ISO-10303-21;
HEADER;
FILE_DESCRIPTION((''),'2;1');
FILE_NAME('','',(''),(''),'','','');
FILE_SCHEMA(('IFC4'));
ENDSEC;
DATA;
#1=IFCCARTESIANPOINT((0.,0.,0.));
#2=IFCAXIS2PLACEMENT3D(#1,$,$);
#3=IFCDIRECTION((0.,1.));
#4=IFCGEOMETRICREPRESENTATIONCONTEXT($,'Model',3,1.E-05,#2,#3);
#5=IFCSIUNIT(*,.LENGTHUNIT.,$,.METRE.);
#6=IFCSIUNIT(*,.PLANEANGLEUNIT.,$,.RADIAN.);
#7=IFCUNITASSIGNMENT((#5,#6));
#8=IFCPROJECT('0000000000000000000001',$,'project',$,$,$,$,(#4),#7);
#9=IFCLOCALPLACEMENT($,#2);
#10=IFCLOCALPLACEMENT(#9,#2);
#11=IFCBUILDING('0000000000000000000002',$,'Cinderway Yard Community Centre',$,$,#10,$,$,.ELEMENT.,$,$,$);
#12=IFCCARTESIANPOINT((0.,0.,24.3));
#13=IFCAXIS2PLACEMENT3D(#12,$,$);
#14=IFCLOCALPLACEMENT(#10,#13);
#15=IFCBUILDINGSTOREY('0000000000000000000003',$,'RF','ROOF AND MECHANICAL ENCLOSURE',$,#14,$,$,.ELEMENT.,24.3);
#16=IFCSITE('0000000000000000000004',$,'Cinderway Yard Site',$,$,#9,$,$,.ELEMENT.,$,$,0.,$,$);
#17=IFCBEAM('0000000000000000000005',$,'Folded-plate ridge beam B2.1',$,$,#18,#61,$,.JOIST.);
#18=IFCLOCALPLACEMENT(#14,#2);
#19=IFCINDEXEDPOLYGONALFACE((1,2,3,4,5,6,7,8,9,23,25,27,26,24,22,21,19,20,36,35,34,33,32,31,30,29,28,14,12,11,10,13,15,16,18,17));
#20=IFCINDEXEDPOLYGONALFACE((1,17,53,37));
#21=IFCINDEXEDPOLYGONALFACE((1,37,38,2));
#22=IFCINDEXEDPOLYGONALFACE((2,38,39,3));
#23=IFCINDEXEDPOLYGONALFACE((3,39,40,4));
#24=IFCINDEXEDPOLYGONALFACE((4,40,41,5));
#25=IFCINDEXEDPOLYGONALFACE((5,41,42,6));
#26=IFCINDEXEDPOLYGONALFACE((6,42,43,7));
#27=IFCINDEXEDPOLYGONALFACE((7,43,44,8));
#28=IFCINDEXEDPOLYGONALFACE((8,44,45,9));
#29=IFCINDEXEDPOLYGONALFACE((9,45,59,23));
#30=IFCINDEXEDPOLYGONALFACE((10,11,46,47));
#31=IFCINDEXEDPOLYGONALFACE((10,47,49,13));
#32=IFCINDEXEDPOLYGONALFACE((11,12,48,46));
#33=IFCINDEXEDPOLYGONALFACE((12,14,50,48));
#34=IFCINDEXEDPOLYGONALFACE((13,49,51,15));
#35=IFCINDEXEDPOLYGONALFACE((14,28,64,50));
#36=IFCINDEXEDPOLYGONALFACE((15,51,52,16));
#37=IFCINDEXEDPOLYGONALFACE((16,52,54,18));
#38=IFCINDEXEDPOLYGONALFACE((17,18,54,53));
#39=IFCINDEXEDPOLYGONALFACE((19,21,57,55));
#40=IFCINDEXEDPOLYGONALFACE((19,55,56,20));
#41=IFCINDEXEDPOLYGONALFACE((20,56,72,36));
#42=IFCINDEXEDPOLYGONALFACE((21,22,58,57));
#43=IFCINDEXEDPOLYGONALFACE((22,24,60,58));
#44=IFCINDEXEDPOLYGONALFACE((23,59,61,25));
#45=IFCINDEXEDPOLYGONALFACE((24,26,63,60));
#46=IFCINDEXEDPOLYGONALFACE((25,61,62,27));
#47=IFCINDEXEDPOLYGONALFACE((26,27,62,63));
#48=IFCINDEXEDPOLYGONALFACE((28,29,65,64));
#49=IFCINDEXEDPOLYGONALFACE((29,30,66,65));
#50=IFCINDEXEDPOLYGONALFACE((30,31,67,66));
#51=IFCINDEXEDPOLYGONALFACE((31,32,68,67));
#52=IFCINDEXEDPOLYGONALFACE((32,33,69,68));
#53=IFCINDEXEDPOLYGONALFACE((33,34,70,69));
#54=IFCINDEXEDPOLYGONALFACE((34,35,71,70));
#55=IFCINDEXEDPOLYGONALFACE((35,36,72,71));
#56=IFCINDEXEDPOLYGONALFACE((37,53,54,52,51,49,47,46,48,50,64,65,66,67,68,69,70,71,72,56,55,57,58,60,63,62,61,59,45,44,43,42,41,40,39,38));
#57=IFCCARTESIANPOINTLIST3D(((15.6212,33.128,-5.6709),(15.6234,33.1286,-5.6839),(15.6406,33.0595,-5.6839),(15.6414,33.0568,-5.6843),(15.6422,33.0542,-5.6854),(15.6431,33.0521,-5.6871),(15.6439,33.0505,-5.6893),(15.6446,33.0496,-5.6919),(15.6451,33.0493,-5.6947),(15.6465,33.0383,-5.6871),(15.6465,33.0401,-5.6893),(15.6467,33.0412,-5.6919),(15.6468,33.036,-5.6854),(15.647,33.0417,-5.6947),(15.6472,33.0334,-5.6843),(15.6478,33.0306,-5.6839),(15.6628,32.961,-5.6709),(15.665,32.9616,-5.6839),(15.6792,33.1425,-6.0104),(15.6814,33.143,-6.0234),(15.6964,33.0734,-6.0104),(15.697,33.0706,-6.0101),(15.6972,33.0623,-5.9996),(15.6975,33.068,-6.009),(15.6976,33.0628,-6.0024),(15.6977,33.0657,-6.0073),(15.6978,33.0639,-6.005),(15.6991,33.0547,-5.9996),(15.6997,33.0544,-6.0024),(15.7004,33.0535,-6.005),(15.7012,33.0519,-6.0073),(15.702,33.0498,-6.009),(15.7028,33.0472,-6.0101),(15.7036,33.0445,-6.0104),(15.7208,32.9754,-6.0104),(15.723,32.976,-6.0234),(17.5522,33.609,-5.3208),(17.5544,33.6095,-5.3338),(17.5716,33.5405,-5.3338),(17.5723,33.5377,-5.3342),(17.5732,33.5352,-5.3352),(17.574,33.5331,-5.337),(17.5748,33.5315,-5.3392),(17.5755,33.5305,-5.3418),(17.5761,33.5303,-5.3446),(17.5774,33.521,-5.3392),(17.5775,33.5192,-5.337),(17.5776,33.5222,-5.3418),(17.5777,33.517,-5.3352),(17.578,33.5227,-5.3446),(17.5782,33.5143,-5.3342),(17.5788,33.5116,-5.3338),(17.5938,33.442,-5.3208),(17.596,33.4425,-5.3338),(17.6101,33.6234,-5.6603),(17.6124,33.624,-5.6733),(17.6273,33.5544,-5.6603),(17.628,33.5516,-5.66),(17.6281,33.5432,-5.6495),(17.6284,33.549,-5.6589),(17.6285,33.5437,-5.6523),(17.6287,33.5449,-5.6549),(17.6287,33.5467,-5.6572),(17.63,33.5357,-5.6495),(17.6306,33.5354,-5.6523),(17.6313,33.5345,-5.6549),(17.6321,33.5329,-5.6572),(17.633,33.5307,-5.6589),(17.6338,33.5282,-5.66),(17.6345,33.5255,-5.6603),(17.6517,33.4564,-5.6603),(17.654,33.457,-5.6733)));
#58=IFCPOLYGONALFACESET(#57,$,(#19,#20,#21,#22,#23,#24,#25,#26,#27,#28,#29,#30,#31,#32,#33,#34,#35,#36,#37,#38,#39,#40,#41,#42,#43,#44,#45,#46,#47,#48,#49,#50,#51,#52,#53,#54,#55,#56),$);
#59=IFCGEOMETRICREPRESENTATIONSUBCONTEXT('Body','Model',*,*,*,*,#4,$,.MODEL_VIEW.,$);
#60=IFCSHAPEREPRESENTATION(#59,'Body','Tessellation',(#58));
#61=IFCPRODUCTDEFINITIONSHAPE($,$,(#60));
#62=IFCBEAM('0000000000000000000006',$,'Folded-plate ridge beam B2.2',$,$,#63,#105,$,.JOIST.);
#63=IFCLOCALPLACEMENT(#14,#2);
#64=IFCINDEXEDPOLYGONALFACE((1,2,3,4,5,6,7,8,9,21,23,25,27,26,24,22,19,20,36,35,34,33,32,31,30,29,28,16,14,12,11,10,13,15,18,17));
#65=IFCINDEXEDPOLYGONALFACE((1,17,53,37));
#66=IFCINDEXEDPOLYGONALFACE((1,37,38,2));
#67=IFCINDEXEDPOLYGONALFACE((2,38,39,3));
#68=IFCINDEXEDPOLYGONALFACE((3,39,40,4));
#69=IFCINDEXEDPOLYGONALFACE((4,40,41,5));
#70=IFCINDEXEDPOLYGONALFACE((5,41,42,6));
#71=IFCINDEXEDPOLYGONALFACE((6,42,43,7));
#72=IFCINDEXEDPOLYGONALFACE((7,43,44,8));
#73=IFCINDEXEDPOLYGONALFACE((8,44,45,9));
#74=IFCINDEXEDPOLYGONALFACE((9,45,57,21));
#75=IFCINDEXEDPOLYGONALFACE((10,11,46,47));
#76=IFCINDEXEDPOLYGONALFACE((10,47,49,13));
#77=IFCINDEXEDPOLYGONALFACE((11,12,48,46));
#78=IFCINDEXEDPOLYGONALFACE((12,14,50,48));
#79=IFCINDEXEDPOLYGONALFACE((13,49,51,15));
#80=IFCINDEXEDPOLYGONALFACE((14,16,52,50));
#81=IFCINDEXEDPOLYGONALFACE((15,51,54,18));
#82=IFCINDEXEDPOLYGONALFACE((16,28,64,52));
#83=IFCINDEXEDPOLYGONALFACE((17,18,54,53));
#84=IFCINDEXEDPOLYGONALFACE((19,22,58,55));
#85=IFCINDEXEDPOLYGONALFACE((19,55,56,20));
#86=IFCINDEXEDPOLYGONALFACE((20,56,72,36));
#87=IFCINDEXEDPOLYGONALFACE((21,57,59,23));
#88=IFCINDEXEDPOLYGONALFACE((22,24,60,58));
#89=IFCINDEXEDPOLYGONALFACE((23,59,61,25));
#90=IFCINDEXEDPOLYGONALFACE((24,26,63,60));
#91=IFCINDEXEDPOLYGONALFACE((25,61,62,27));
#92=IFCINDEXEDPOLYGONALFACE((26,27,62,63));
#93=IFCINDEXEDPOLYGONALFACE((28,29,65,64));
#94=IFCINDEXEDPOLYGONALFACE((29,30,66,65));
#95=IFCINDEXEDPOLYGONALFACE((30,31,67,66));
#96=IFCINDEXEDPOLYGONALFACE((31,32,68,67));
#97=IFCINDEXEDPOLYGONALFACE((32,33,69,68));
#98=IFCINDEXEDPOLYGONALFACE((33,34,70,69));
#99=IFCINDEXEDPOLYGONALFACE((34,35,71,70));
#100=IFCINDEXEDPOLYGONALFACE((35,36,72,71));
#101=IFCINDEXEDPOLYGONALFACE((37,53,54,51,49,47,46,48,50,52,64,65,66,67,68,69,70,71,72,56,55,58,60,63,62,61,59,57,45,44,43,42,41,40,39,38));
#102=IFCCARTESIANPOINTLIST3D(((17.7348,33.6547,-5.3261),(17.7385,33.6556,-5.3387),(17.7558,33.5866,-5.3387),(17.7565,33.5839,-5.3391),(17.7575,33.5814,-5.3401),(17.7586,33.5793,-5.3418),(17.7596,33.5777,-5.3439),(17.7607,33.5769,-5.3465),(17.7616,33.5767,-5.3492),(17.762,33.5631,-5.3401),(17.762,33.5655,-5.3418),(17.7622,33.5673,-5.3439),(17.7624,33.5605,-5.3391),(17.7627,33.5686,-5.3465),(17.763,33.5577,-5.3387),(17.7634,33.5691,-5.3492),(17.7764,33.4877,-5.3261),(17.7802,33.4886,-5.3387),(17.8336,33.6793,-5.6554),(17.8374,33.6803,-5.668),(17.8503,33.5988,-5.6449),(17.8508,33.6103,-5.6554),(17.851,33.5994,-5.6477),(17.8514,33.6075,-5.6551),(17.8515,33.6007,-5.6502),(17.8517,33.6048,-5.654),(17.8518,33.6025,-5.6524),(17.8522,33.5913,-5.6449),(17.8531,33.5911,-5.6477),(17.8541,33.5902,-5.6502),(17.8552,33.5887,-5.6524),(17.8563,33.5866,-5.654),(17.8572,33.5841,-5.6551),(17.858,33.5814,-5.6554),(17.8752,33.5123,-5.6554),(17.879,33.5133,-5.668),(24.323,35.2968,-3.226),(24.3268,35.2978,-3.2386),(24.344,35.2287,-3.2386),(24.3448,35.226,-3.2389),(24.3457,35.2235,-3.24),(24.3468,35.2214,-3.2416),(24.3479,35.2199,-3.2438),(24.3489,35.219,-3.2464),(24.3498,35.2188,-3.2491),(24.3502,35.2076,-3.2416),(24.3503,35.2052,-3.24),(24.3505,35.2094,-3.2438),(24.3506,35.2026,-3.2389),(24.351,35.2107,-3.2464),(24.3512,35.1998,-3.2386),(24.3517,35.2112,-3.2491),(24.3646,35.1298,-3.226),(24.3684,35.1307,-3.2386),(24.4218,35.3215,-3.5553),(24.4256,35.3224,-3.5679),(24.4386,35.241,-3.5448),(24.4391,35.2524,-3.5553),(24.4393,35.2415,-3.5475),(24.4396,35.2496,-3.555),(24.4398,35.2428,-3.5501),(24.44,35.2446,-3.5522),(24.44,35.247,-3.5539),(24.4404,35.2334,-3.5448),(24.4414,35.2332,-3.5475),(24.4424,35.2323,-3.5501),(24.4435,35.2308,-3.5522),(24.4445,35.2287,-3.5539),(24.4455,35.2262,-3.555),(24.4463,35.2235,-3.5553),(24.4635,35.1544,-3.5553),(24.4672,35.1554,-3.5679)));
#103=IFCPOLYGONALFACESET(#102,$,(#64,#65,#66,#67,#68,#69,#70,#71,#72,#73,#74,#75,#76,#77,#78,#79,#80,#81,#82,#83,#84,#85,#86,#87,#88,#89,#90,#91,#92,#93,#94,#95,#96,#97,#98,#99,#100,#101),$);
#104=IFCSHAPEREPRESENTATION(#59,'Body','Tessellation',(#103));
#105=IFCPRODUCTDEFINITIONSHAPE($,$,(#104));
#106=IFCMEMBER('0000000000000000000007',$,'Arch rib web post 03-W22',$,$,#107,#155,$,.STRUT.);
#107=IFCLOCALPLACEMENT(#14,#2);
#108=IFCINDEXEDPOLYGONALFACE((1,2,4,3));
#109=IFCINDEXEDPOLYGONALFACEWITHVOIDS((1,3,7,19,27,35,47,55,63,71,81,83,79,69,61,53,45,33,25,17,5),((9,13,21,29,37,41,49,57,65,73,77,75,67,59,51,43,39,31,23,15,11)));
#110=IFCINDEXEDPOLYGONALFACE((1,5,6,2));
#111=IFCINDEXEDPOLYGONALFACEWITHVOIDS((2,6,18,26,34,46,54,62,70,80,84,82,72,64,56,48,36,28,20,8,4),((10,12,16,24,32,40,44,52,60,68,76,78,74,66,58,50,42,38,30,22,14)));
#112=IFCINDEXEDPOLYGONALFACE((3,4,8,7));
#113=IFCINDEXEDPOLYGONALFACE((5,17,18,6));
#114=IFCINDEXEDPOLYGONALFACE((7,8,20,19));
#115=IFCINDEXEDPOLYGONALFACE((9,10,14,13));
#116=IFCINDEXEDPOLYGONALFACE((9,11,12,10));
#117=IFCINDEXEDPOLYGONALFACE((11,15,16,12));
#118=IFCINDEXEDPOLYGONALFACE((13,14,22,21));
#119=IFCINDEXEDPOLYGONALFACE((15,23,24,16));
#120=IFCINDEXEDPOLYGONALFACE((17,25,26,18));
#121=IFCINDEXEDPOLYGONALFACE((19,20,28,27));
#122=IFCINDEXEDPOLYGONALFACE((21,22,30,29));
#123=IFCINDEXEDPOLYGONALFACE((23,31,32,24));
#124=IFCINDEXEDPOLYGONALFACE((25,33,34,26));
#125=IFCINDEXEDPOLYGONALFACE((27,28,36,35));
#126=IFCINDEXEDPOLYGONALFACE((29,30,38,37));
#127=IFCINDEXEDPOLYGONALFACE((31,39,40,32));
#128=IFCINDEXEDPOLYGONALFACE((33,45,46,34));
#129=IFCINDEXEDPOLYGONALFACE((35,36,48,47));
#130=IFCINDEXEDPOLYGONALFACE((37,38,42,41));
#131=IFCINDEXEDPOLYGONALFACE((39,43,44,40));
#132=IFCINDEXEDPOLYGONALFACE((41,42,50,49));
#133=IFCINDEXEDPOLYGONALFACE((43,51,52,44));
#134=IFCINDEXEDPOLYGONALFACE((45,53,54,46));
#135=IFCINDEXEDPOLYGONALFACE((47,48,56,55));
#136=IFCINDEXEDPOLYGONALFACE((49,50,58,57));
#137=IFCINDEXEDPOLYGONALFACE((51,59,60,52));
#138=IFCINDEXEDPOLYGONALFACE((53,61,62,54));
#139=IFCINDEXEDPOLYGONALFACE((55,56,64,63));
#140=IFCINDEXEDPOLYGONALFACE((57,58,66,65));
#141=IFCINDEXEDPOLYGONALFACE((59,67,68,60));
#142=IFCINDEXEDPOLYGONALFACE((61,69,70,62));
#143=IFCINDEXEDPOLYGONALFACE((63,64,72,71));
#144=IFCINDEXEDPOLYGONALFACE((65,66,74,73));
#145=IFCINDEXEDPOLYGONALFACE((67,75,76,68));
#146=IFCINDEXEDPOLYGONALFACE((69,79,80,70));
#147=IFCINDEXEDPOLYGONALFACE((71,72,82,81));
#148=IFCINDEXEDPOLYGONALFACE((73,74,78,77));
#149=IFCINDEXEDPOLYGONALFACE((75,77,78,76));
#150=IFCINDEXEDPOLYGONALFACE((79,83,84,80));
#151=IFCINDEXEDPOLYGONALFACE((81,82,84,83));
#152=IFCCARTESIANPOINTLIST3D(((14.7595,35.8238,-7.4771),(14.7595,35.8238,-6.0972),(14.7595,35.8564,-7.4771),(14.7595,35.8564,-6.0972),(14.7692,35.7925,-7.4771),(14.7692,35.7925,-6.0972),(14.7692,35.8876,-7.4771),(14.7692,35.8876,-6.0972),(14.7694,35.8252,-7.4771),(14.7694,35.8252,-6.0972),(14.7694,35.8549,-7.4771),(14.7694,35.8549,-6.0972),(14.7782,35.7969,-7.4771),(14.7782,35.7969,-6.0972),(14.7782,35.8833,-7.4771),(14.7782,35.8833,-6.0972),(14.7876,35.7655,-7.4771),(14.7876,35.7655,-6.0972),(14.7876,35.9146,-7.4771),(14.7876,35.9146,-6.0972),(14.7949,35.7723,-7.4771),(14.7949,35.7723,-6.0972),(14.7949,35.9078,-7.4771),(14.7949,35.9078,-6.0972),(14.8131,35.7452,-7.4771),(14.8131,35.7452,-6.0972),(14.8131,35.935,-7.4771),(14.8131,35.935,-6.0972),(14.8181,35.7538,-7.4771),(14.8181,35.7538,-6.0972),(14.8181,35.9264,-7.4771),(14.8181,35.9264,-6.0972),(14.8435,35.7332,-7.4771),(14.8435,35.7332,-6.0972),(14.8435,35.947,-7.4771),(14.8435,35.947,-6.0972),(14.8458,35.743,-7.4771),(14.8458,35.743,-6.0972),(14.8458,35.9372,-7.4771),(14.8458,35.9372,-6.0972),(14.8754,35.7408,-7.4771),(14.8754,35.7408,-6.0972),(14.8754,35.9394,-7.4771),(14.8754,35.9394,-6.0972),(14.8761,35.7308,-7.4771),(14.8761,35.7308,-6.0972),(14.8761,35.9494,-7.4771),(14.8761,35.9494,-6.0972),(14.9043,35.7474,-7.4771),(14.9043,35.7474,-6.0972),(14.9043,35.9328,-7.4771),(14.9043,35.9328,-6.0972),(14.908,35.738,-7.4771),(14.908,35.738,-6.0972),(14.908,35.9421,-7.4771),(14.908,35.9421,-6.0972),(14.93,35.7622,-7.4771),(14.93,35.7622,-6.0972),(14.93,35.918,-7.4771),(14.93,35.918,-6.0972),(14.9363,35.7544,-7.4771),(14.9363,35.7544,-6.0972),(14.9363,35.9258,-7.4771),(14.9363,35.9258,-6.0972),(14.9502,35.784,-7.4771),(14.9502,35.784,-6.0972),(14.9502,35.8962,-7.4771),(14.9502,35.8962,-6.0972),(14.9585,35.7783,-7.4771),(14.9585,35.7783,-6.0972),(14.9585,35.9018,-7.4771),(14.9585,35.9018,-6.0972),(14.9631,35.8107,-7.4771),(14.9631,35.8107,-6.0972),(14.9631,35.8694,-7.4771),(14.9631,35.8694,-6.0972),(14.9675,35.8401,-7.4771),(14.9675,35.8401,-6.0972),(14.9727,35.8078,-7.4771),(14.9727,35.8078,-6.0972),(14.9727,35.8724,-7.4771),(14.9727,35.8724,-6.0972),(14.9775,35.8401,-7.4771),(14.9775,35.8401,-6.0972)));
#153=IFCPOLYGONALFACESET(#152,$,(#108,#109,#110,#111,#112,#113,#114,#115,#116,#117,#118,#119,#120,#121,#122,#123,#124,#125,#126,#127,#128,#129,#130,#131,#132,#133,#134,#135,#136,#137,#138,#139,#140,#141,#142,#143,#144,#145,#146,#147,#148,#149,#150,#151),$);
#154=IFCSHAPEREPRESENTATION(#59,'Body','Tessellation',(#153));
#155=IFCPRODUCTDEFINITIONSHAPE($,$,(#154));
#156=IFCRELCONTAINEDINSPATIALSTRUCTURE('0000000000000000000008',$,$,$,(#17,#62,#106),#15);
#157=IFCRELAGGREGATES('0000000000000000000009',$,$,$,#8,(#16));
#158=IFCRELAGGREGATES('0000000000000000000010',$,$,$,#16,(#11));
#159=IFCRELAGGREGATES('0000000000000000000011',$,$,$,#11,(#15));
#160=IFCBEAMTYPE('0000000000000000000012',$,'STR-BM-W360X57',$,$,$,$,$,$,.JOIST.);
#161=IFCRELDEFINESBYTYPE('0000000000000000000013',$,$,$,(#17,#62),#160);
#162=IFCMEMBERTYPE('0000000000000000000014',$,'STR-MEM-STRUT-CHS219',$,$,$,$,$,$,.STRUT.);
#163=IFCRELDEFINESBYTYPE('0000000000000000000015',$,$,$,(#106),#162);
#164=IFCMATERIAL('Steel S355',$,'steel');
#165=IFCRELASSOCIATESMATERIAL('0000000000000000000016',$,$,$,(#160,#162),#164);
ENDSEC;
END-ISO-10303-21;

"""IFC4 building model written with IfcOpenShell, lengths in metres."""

from ifc_helpers import new_model, si_unit, direction, frame, origin, origin_2d, place, context, subcontext, project, spatial, hollow_circle, i_section, extrude, material, material_profile, profile_set, type_object, element, save


model = new_model("IFC4")

# Units and contexts
model_context = context("Model", 3, precision=1e-05, world=origin(), true_north=direction((0.0, 1.0)))
body_context = subcontext(model_context, "Body", "Model", "MODEL_VIEW")
ifc_project = project(units=[si_unit("LENGTHUNIT", "METRE"), si_unit("PLANEANGLEUNIT", "RADIAN")], contexts=[model_context])

# Site, building, storey
site_placement = place(None, origin())
site = spatial("IfcSite", under=ifc_project, at=site_placement, Name="Cinderway Yard Site", CompositionType="ELEMENT", RefElevation=0.0)
building_placement = place(site_placement, origin())
building = spatial("IfcBuilding", under=site, at=building_placement, Name="Cinderway Yard Community Centre", CompositionType="ELEMENT")
storey_placement = place(building_placement, frame((0.0, 0.0, 24.3)))
storey = spatial("IfcBuildingStorey", under=building, at=storey_placement, Name="RF", Description="ROOF AND MECHANICAL ENCLOSURE", CompositionType="ELEMENT", Elevation=24.3)

# Shared definitions
ifc_material_1 = material(Name="Steel S355", Category="steel")

# Beams
ifc_material_profile_1 = material_profile(ifc_material_1, i_section(OverallWidth=0.1721, OverallDepth=0.3579, WebThickness=0.0078, FlangeThickness=0.0132, FilletRadius=0.011, at=origin_2d()), Name="Steel S355")
ifc_profile_set_1 = profile_set([ifc_material_profile_1], Name="Steel S355")
beam_type_1 = type_object("IfcBeamType", Name="STR-BM-W360X57", PredefinedType="JOIST", material=ifc_profile_set_1)
beam_1_placement = place(storey_placement, frame((15.6721, 33.052, -5.8472), z_axis=(0.955673, 0.238042, 0.173275), x_axis=(-0.241698, 0.970351, 0.0)))
element("IfcBeam", 1, at=beam_1_placement, inside=storey, type_object=beam_type_1, Name="Folded-plate ridge beam B2.1", PredefinedType="JOIST", context=body_context, shape_type="SweptSolid", body=[
    extrude(i_section(OverallWidth=0.1721, OverallDepth=0.3579, WebThickness=0.0078, FlangeThickness=0.0132, FilletRadius=0.011, at=origin_2d()), origin(), (0.0, 0.0, 1.0), 2.0205),
])
beam_2_placement = place(storey_placement, frame((17.8069, 33.584, -5.4971), z_axis=(0.926984, 0.23105, 0.295494), x_axis=(-0.24185, 0.970314, 0.0)))
element("IfcBeam", 2, at=beam_2_placement, inside=storey, type_object=beam_type_1, Name="Folded-plate ridge beam B2.2", PredefinedType="JOIST", context=body_context, shape_type="SweptSolid", body=[
    extrude(i_section(OverallWidth=0.1721, OverallDepth=0.3579, WebThickness=0.0078, FlangeThickness=0.0132, FilletRadius=0.011, at=origin_2d()), origin(), (0.0, 0.0, 1.0), 7.1072),
])

# Member
ifc_material_profile_2 = material_profile(ifc_material_1, hollow_circle(Radius=0.1096, WallThickness=0.01, at=origin_2d()), Name="Steel S355")
ifc_profile_set_2 = profile_set([ifc_material_profile_2], Name="Steel S355")
member_type_1 = type_object("IfcMemberType", Name="STR-MEM-STRUT-CHS219", PredefinedType="STRUT", material=ifc_profile_set_2)
member_1_placement = place(storey_placement, frame((14.8679, 35.8401, -7.4771), z_axis=(0.0, 0.0, 1.0), x_axis=(1.0, 0.0, 0.0)))
element("IfcMember", 3, at=member_1_placement, inside=storey, type_object=member_type_1, Name="Arch rib web post 03-W22", PredefinedType="STRUT", context=body_context, shape_type="SweptSolid", body=[
    extrude(hollow_circle(Radius=0.1096, WallThickness=0.01, at=origin_2d()), origin(), (0.0, 0.0, 1.0), 1.3799),
])

save(model, "model.ifc")
